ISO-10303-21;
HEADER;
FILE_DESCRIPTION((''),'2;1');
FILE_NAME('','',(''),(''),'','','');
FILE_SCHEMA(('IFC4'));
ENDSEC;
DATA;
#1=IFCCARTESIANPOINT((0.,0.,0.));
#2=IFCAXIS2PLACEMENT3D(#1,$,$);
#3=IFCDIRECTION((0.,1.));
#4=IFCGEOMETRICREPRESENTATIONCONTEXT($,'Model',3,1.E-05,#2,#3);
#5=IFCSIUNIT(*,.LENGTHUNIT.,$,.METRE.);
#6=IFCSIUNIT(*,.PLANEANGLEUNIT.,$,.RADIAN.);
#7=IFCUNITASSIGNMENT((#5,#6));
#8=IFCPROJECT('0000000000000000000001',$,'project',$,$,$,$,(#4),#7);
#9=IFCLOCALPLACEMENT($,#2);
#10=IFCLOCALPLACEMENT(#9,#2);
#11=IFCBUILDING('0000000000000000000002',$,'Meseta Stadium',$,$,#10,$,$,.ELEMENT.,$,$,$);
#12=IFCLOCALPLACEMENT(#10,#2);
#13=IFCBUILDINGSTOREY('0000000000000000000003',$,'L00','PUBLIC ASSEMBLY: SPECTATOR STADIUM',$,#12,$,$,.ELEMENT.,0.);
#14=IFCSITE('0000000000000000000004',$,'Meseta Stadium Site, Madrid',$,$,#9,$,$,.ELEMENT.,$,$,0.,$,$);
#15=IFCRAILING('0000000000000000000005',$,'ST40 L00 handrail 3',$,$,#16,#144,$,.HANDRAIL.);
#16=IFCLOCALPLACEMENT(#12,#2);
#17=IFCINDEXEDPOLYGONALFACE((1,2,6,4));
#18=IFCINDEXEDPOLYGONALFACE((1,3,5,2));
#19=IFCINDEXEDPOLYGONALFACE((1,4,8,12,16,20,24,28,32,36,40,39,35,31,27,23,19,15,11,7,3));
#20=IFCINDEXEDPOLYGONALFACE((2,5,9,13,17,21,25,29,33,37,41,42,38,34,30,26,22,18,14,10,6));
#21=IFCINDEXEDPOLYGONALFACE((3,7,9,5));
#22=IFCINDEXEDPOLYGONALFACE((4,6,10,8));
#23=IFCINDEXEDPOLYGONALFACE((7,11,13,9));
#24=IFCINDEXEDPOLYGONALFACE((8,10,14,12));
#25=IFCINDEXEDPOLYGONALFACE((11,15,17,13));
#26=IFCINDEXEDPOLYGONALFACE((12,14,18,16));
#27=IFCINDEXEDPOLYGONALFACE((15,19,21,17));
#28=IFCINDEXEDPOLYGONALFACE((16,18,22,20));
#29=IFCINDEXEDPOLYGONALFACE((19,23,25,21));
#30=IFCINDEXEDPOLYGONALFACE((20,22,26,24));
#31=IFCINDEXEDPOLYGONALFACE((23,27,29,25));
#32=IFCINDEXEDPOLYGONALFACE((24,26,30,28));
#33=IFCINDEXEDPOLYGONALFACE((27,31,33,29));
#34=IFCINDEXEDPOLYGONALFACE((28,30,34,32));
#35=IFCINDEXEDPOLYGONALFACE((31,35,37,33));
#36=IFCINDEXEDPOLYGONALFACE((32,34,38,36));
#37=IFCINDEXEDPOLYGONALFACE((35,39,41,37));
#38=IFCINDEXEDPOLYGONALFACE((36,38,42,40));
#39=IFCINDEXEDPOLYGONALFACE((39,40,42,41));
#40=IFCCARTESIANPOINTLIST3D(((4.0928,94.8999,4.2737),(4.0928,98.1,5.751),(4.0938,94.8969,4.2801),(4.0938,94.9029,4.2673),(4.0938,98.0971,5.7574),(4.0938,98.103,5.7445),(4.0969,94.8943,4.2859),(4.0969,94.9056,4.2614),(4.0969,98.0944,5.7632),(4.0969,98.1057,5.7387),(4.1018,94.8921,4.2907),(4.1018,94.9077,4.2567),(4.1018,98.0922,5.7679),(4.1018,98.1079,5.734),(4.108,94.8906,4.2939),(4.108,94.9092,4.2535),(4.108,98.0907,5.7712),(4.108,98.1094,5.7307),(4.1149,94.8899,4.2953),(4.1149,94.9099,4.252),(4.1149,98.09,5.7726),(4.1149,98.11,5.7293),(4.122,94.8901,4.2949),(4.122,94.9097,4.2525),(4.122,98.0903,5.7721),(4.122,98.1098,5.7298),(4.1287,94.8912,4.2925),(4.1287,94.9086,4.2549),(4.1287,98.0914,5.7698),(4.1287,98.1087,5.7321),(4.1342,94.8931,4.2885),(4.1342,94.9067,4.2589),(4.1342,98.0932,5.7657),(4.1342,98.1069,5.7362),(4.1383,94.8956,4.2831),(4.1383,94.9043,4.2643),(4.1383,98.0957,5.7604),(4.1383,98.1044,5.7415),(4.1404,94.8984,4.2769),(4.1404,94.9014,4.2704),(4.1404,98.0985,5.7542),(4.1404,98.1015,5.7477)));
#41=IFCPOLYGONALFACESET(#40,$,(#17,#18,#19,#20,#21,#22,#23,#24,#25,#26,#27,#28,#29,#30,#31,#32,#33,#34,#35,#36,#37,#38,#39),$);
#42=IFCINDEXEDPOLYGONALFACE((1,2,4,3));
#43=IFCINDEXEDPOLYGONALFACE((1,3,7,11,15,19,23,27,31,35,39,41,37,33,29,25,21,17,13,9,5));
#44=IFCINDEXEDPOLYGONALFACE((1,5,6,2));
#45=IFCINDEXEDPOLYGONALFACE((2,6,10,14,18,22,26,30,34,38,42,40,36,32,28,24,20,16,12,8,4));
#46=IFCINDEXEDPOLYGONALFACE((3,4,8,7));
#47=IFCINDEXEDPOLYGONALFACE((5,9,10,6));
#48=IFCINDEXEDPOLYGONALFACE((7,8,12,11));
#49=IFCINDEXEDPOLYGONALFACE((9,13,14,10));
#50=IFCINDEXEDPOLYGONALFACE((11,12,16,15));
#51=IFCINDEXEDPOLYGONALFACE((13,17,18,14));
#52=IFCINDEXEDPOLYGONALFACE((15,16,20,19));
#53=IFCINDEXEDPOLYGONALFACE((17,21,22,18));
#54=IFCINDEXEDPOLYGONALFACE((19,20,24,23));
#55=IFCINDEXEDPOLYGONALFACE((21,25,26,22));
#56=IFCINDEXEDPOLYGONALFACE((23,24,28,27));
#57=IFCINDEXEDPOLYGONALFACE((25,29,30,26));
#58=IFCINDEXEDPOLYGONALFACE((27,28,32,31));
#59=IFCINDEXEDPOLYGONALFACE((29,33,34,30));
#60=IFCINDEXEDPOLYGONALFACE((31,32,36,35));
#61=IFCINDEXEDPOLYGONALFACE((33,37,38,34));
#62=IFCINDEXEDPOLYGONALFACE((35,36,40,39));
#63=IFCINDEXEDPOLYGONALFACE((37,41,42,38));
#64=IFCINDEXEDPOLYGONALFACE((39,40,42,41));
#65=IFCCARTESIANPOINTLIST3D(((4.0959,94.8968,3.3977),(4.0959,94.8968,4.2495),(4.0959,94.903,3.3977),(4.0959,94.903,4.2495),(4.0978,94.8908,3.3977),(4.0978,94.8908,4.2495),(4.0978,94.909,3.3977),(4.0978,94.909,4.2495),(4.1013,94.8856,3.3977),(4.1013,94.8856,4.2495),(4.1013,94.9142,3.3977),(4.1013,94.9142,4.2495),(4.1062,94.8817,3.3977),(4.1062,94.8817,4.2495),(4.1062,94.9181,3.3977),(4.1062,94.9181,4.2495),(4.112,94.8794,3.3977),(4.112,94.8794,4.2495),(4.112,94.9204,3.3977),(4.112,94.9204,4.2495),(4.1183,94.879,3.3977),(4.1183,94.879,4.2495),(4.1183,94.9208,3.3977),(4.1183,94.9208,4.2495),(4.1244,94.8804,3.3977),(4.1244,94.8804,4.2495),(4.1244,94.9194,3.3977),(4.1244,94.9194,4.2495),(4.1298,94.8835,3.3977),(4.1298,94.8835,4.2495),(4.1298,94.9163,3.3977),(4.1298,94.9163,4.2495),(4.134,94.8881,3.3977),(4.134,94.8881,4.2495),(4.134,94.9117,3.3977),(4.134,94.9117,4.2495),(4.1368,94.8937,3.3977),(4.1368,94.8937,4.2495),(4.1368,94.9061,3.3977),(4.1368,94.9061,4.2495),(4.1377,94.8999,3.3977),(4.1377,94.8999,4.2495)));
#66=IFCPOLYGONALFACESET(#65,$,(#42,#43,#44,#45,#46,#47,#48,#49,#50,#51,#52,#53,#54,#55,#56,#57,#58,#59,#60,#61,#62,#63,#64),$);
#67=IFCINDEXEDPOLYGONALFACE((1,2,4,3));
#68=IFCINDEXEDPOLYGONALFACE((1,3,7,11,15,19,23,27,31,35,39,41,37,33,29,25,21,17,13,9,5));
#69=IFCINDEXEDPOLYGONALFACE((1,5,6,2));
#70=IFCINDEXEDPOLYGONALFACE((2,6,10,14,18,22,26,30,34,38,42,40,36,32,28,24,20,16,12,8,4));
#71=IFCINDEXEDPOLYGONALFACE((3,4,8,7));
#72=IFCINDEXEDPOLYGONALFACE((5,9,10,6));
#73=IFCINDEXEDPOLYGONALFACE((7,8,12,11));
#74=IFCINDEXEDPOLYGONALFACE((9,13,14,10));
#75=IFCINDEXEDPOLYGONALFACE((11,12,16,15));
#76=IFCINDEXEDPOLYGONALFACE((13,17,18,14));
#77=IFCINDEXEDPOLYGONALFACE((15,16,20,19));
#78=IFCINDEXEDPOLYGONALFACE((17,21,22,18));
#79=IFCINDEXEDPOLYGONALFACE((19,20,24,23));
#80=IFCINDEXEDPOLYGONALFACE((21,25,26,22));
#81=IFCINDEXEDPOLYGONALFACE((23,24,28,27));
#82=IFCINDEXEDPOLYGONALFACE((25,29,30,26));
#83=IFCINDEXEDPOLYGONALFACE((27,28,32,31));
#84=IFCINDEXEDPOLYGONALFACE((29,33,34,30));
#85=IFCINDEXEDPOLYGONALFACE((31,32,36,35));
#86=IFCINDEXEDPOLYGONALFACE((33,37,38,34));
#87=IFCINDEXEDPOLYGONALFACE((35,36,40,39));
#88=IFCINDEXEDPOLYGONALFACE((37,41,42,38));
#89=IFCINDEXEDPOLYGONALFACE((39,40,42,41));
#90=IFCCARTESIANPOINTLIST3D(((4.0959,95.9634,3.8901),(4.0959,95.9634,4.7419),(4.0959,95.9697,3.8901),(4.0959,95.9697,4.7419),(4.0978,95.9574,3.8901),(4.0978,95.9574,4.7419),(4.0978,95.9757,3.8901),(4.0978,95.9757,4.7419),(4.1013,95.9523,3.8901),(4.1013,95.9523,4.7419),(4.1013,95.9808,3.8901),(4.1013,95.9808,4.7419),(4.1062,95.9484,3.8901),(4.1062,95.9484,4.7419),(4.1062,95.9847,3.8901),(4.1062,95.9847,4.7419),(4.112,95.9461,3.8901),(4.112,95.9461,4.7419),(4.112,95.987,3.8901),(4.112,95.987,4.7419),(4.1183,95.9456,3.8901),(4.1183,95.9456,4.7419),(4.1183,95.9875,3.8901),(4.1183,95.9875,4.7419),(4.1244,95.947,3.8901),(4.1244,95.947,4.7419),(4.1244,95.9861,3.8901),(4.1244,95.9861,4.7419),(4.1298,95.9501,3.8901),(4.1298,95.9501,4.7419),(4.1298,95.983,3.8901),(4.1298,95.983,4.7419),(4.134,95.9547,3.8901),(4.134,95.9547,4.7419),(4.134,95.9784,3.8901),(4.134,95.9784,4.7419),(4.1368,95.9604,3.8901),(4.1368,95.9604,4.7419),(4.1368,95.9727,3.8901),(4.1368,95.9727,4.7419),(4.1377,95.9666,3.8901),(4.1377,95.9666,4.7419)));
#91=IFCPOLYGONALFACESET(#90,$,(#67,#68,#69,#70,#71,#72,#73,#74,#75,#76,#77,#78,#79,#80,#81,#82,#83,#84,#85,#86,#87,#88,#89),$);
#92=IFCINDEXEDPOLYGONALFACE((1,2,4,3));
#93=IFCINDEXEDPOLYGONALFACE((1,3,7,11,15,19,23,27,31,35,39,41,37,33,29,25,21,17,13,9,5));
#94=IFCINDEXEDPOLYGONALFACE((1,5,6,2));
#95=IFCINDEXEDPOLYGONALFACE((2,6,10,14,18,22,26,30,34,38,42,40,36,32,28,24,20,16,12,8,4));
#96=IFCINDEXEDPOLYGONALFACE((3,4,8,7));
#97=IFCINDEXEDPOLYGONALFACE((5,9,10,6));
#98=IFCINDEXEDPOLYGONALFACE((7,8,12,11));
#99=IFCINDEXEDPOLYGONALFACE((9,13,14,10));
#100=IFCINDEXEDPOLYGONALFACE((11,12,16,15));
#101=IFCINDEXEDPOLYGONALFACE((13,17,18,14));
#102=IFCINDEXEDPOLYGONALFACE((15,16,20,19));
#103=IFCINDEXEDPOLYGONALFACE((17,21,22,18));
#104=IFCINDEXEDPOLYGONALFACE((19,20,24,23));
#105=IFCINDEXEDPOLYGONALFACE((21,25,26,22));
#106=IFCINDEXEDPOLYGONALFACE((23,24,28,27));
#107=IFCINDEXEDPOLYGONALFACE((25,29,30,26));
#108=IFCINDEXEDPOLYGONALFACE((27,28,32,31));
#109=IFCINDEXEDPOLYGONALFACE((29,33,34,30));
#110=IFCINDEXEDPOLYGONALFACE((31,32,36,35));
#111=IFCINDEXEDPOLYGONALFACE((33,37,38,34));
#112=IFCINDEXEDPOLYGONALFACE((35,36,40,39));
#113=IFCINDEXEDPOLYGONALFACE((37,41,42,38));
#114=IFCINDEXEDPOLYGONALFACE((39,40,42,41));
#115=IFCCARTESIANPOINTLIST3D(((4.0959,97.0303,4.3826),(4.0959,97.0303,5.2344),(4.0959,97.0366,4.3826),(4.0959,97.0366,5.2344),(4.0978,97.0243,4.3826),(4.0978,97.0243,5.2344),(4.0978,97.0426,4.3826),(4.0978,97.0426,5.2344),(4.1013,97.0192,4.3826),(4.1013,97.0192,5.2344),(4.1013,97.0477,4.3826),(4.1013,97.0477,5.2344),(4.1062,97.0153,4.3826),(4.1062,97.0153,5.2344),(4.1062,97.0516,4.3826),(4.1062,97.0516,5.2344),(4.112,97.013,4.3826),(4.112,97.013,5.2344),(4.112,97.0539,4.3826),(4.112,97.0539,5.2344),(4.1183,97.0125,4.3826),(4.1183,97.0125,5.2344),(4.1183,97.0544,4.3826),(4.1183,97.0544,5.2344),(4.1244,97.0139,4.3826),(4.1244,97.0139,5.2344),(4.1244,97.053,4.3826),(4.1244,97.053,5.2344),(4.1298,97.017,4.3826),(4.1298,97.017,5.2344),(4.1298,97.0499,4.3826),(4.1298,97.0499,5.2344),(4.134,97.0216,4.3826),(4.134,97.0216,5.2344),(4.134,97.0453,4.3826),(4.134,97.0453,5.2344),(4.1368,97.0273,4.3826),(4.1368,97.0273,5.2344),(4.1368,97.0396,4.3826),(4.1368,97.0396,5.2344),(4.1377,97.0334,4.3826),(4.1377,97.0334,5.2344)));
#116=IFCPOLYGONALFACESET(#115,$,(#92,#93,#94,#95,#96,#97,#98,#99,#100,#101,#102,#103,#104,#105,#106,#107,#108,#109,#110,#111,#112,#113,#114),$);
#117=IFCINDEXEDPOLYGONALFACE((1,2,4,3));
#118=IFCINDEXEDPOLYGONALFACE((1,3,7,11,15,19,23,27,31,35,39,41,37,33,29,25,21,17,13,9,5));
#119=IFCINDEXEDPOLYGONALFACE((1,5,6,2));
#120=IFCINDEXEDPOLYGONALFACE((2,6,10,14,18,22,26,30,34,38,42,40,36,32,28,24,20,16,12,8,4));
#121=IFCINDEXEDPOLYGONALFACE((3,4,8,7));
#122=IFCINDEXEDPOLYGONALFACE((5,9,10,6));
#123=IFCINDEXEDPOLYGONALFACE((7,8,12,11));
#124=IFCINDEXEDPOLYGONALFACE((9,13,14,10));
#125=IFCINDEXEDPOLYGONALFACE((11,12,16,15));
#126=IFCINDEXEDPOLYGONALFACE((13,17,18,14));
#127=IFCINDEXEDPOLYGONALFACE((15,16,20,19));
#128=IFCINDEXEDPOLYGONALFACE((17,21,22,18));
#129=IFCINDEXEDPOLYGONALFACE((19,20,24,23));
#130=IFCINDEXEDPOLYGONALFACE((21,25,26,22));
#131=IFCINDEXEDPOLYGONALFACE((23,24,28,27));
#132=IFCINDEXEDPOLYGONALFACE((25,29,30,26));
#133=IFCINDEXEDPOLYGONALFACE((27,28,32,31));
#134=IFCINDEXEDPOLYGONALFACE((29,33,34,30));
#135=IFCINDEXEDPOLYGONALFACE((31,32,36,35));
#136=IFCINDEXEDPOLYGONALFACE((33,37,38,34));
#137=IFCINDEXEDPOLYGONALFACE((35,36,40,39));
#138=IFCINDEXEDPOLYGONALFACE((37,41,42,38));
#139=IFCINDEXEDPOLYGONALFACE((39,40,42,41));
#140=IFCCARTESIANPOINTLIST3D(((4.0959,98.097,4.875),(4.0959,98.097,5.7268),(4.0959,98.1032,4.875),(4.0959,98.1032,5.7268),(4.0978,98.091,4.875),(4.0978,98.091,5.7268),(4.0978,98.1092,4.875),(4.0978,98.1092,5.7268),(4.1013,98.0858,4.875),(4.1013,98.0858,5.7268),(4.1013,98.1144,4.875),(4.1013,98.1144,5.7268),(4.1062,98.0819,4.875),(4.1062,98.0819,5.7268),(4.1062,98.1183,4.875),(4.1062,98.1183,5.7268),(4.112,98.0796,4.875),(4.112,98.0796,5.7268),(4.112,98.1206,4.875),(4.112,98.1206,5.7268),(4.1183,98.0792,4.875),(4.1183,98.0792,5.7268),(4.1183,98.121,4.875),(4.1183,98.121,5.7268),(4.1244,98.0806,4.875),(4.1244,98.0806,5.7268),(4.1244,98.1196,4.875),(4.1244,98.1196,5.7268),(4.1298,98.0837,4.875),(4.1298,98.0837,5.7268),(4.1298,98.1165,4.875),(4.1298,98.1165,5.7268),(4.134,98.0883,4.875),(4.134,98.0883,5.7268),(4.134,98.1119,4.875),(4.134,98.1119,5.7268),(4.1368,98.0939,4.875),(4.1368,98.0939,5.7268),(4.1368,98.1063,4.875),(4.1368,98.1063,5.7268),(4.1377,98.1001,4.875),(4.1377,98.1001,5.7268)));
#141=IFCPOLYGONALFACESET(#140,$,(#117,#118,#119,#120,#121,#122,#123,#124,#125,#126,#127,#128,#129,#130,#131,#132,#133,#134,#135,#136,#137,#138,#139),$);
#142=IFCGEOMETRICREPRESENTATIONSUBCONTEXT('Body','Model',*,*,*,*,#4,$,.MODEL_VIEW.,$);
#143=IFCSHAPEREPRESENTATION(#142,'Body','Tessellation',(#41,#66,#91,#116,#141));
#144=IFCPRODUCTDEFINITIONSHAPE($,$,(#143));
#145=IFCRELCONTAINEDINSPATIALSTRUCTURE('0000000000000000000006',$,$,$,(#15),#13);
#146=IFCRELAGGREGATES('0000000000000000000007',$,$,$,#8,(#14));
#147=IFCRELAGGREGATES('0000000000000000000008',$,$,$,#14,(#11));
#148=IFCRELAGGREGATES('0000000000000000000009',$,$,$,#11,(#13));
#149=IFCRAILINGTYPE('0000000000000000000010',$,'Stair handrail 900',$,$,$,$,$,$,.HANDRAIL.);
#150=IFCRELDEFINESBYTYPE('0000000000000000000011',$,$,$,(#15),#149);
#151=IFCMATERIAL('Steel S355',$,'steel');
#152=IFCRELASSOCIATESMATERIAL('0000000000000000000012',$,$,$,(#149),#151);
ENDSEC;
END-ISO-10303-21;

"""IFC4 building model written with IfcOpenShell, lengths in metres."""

from ifc_helpers import new_model, si_unit, direction, frame, origin, origin_2d, place, context, subcontext, project, spatial, circle, extrude, material, type_object, element, save


model = new_model("IFC4")

# Units and contexts
model_context = context("Model", 3, precision=1e-05, world=origin(), true_north=direction((0.0, 1.0)))
body_context = subcontext(model_context, "Body", "Model", "MODEL_VIEW")
ifc_project = project(units=[si_unit("LENGTHUNIT", "METRE"), si_unit("PLANEANGLEUNIT", "RADIAN")], contexts=[model_context])

# Site, building, storey
site_placement = place(None, origin())
site = spatial("IfcSite", under=ifc_project, at=site_placement, Name="Meseta Stadium Site, Madrid", CompositionType="ELEMENT", RefElevation=0.0)
building_placement = place(site_placement, origin())
building = spatial("IfcBuilding", under=site, at=building_placement, Name="Meseta Stadium", CompositionType="ELEMENT")
storey_placement = place(building_placement, origin())
storey = spatial("IfcBuildingStorey", under=building, at=storey_placement, Name="L00", Description="PUBLIC ASSEMBLY: SPECTATOR STADIUM", CompositionType="ELEMENT", Elevation=0.0)

# Railing
ifc_material_1 = material(Name="Steel S355", Category="steel")
railing_type_1 = type_object("IfcRailingType", Name="Stair handrail 900", PredefinedType="HANDRAIL", material=ifc_material_1)
railing_1_placement = place(storey_placement, frame((4.1167, 94.8999, 3.3977)))
element("IfcRailing", 1, at=railing_1_placement, inside=storey, type_object=railing_type_1, Name="ST40 L00 handrail 3", PredefinedType="HANDRAIL", context=body_context, shape_type="SweptSolid", body=[
    extrude(circle(Radius=0.0239, at=origin_2d()), frame((0.0, 0.0, 0.876), z_axis=(0.0, 0.907929, 0.419124), x_axis=(-1.0, 0.0, 0.0)), (0.0, 0.0, 1.0), 3.5247),
    extrude(circle(Radius=0.021, at=origin_2d()), origin(), (0.0, 0.0, 1.0), 0.8518),
    extrude(circle(Radius=0.021, at=origin_2d()), frame((0.0, 1.0667, 0.4924)), (0.0, 0.0, 1.0), 0.8518),
    extrude(circle(Radius=0.021, at=origin_2d()), frame((0.0, 2.1335, 0.9849)), (0.0, 0.0, 1.0), 0.8518),
    extrude(circle(Radius=0.021, at=origin_2d()), frame((0.0, 3.2002, 1.4773)), (0.0, 0.0, 1.0), 0.8518),
])

save(model, "model.ifc")
